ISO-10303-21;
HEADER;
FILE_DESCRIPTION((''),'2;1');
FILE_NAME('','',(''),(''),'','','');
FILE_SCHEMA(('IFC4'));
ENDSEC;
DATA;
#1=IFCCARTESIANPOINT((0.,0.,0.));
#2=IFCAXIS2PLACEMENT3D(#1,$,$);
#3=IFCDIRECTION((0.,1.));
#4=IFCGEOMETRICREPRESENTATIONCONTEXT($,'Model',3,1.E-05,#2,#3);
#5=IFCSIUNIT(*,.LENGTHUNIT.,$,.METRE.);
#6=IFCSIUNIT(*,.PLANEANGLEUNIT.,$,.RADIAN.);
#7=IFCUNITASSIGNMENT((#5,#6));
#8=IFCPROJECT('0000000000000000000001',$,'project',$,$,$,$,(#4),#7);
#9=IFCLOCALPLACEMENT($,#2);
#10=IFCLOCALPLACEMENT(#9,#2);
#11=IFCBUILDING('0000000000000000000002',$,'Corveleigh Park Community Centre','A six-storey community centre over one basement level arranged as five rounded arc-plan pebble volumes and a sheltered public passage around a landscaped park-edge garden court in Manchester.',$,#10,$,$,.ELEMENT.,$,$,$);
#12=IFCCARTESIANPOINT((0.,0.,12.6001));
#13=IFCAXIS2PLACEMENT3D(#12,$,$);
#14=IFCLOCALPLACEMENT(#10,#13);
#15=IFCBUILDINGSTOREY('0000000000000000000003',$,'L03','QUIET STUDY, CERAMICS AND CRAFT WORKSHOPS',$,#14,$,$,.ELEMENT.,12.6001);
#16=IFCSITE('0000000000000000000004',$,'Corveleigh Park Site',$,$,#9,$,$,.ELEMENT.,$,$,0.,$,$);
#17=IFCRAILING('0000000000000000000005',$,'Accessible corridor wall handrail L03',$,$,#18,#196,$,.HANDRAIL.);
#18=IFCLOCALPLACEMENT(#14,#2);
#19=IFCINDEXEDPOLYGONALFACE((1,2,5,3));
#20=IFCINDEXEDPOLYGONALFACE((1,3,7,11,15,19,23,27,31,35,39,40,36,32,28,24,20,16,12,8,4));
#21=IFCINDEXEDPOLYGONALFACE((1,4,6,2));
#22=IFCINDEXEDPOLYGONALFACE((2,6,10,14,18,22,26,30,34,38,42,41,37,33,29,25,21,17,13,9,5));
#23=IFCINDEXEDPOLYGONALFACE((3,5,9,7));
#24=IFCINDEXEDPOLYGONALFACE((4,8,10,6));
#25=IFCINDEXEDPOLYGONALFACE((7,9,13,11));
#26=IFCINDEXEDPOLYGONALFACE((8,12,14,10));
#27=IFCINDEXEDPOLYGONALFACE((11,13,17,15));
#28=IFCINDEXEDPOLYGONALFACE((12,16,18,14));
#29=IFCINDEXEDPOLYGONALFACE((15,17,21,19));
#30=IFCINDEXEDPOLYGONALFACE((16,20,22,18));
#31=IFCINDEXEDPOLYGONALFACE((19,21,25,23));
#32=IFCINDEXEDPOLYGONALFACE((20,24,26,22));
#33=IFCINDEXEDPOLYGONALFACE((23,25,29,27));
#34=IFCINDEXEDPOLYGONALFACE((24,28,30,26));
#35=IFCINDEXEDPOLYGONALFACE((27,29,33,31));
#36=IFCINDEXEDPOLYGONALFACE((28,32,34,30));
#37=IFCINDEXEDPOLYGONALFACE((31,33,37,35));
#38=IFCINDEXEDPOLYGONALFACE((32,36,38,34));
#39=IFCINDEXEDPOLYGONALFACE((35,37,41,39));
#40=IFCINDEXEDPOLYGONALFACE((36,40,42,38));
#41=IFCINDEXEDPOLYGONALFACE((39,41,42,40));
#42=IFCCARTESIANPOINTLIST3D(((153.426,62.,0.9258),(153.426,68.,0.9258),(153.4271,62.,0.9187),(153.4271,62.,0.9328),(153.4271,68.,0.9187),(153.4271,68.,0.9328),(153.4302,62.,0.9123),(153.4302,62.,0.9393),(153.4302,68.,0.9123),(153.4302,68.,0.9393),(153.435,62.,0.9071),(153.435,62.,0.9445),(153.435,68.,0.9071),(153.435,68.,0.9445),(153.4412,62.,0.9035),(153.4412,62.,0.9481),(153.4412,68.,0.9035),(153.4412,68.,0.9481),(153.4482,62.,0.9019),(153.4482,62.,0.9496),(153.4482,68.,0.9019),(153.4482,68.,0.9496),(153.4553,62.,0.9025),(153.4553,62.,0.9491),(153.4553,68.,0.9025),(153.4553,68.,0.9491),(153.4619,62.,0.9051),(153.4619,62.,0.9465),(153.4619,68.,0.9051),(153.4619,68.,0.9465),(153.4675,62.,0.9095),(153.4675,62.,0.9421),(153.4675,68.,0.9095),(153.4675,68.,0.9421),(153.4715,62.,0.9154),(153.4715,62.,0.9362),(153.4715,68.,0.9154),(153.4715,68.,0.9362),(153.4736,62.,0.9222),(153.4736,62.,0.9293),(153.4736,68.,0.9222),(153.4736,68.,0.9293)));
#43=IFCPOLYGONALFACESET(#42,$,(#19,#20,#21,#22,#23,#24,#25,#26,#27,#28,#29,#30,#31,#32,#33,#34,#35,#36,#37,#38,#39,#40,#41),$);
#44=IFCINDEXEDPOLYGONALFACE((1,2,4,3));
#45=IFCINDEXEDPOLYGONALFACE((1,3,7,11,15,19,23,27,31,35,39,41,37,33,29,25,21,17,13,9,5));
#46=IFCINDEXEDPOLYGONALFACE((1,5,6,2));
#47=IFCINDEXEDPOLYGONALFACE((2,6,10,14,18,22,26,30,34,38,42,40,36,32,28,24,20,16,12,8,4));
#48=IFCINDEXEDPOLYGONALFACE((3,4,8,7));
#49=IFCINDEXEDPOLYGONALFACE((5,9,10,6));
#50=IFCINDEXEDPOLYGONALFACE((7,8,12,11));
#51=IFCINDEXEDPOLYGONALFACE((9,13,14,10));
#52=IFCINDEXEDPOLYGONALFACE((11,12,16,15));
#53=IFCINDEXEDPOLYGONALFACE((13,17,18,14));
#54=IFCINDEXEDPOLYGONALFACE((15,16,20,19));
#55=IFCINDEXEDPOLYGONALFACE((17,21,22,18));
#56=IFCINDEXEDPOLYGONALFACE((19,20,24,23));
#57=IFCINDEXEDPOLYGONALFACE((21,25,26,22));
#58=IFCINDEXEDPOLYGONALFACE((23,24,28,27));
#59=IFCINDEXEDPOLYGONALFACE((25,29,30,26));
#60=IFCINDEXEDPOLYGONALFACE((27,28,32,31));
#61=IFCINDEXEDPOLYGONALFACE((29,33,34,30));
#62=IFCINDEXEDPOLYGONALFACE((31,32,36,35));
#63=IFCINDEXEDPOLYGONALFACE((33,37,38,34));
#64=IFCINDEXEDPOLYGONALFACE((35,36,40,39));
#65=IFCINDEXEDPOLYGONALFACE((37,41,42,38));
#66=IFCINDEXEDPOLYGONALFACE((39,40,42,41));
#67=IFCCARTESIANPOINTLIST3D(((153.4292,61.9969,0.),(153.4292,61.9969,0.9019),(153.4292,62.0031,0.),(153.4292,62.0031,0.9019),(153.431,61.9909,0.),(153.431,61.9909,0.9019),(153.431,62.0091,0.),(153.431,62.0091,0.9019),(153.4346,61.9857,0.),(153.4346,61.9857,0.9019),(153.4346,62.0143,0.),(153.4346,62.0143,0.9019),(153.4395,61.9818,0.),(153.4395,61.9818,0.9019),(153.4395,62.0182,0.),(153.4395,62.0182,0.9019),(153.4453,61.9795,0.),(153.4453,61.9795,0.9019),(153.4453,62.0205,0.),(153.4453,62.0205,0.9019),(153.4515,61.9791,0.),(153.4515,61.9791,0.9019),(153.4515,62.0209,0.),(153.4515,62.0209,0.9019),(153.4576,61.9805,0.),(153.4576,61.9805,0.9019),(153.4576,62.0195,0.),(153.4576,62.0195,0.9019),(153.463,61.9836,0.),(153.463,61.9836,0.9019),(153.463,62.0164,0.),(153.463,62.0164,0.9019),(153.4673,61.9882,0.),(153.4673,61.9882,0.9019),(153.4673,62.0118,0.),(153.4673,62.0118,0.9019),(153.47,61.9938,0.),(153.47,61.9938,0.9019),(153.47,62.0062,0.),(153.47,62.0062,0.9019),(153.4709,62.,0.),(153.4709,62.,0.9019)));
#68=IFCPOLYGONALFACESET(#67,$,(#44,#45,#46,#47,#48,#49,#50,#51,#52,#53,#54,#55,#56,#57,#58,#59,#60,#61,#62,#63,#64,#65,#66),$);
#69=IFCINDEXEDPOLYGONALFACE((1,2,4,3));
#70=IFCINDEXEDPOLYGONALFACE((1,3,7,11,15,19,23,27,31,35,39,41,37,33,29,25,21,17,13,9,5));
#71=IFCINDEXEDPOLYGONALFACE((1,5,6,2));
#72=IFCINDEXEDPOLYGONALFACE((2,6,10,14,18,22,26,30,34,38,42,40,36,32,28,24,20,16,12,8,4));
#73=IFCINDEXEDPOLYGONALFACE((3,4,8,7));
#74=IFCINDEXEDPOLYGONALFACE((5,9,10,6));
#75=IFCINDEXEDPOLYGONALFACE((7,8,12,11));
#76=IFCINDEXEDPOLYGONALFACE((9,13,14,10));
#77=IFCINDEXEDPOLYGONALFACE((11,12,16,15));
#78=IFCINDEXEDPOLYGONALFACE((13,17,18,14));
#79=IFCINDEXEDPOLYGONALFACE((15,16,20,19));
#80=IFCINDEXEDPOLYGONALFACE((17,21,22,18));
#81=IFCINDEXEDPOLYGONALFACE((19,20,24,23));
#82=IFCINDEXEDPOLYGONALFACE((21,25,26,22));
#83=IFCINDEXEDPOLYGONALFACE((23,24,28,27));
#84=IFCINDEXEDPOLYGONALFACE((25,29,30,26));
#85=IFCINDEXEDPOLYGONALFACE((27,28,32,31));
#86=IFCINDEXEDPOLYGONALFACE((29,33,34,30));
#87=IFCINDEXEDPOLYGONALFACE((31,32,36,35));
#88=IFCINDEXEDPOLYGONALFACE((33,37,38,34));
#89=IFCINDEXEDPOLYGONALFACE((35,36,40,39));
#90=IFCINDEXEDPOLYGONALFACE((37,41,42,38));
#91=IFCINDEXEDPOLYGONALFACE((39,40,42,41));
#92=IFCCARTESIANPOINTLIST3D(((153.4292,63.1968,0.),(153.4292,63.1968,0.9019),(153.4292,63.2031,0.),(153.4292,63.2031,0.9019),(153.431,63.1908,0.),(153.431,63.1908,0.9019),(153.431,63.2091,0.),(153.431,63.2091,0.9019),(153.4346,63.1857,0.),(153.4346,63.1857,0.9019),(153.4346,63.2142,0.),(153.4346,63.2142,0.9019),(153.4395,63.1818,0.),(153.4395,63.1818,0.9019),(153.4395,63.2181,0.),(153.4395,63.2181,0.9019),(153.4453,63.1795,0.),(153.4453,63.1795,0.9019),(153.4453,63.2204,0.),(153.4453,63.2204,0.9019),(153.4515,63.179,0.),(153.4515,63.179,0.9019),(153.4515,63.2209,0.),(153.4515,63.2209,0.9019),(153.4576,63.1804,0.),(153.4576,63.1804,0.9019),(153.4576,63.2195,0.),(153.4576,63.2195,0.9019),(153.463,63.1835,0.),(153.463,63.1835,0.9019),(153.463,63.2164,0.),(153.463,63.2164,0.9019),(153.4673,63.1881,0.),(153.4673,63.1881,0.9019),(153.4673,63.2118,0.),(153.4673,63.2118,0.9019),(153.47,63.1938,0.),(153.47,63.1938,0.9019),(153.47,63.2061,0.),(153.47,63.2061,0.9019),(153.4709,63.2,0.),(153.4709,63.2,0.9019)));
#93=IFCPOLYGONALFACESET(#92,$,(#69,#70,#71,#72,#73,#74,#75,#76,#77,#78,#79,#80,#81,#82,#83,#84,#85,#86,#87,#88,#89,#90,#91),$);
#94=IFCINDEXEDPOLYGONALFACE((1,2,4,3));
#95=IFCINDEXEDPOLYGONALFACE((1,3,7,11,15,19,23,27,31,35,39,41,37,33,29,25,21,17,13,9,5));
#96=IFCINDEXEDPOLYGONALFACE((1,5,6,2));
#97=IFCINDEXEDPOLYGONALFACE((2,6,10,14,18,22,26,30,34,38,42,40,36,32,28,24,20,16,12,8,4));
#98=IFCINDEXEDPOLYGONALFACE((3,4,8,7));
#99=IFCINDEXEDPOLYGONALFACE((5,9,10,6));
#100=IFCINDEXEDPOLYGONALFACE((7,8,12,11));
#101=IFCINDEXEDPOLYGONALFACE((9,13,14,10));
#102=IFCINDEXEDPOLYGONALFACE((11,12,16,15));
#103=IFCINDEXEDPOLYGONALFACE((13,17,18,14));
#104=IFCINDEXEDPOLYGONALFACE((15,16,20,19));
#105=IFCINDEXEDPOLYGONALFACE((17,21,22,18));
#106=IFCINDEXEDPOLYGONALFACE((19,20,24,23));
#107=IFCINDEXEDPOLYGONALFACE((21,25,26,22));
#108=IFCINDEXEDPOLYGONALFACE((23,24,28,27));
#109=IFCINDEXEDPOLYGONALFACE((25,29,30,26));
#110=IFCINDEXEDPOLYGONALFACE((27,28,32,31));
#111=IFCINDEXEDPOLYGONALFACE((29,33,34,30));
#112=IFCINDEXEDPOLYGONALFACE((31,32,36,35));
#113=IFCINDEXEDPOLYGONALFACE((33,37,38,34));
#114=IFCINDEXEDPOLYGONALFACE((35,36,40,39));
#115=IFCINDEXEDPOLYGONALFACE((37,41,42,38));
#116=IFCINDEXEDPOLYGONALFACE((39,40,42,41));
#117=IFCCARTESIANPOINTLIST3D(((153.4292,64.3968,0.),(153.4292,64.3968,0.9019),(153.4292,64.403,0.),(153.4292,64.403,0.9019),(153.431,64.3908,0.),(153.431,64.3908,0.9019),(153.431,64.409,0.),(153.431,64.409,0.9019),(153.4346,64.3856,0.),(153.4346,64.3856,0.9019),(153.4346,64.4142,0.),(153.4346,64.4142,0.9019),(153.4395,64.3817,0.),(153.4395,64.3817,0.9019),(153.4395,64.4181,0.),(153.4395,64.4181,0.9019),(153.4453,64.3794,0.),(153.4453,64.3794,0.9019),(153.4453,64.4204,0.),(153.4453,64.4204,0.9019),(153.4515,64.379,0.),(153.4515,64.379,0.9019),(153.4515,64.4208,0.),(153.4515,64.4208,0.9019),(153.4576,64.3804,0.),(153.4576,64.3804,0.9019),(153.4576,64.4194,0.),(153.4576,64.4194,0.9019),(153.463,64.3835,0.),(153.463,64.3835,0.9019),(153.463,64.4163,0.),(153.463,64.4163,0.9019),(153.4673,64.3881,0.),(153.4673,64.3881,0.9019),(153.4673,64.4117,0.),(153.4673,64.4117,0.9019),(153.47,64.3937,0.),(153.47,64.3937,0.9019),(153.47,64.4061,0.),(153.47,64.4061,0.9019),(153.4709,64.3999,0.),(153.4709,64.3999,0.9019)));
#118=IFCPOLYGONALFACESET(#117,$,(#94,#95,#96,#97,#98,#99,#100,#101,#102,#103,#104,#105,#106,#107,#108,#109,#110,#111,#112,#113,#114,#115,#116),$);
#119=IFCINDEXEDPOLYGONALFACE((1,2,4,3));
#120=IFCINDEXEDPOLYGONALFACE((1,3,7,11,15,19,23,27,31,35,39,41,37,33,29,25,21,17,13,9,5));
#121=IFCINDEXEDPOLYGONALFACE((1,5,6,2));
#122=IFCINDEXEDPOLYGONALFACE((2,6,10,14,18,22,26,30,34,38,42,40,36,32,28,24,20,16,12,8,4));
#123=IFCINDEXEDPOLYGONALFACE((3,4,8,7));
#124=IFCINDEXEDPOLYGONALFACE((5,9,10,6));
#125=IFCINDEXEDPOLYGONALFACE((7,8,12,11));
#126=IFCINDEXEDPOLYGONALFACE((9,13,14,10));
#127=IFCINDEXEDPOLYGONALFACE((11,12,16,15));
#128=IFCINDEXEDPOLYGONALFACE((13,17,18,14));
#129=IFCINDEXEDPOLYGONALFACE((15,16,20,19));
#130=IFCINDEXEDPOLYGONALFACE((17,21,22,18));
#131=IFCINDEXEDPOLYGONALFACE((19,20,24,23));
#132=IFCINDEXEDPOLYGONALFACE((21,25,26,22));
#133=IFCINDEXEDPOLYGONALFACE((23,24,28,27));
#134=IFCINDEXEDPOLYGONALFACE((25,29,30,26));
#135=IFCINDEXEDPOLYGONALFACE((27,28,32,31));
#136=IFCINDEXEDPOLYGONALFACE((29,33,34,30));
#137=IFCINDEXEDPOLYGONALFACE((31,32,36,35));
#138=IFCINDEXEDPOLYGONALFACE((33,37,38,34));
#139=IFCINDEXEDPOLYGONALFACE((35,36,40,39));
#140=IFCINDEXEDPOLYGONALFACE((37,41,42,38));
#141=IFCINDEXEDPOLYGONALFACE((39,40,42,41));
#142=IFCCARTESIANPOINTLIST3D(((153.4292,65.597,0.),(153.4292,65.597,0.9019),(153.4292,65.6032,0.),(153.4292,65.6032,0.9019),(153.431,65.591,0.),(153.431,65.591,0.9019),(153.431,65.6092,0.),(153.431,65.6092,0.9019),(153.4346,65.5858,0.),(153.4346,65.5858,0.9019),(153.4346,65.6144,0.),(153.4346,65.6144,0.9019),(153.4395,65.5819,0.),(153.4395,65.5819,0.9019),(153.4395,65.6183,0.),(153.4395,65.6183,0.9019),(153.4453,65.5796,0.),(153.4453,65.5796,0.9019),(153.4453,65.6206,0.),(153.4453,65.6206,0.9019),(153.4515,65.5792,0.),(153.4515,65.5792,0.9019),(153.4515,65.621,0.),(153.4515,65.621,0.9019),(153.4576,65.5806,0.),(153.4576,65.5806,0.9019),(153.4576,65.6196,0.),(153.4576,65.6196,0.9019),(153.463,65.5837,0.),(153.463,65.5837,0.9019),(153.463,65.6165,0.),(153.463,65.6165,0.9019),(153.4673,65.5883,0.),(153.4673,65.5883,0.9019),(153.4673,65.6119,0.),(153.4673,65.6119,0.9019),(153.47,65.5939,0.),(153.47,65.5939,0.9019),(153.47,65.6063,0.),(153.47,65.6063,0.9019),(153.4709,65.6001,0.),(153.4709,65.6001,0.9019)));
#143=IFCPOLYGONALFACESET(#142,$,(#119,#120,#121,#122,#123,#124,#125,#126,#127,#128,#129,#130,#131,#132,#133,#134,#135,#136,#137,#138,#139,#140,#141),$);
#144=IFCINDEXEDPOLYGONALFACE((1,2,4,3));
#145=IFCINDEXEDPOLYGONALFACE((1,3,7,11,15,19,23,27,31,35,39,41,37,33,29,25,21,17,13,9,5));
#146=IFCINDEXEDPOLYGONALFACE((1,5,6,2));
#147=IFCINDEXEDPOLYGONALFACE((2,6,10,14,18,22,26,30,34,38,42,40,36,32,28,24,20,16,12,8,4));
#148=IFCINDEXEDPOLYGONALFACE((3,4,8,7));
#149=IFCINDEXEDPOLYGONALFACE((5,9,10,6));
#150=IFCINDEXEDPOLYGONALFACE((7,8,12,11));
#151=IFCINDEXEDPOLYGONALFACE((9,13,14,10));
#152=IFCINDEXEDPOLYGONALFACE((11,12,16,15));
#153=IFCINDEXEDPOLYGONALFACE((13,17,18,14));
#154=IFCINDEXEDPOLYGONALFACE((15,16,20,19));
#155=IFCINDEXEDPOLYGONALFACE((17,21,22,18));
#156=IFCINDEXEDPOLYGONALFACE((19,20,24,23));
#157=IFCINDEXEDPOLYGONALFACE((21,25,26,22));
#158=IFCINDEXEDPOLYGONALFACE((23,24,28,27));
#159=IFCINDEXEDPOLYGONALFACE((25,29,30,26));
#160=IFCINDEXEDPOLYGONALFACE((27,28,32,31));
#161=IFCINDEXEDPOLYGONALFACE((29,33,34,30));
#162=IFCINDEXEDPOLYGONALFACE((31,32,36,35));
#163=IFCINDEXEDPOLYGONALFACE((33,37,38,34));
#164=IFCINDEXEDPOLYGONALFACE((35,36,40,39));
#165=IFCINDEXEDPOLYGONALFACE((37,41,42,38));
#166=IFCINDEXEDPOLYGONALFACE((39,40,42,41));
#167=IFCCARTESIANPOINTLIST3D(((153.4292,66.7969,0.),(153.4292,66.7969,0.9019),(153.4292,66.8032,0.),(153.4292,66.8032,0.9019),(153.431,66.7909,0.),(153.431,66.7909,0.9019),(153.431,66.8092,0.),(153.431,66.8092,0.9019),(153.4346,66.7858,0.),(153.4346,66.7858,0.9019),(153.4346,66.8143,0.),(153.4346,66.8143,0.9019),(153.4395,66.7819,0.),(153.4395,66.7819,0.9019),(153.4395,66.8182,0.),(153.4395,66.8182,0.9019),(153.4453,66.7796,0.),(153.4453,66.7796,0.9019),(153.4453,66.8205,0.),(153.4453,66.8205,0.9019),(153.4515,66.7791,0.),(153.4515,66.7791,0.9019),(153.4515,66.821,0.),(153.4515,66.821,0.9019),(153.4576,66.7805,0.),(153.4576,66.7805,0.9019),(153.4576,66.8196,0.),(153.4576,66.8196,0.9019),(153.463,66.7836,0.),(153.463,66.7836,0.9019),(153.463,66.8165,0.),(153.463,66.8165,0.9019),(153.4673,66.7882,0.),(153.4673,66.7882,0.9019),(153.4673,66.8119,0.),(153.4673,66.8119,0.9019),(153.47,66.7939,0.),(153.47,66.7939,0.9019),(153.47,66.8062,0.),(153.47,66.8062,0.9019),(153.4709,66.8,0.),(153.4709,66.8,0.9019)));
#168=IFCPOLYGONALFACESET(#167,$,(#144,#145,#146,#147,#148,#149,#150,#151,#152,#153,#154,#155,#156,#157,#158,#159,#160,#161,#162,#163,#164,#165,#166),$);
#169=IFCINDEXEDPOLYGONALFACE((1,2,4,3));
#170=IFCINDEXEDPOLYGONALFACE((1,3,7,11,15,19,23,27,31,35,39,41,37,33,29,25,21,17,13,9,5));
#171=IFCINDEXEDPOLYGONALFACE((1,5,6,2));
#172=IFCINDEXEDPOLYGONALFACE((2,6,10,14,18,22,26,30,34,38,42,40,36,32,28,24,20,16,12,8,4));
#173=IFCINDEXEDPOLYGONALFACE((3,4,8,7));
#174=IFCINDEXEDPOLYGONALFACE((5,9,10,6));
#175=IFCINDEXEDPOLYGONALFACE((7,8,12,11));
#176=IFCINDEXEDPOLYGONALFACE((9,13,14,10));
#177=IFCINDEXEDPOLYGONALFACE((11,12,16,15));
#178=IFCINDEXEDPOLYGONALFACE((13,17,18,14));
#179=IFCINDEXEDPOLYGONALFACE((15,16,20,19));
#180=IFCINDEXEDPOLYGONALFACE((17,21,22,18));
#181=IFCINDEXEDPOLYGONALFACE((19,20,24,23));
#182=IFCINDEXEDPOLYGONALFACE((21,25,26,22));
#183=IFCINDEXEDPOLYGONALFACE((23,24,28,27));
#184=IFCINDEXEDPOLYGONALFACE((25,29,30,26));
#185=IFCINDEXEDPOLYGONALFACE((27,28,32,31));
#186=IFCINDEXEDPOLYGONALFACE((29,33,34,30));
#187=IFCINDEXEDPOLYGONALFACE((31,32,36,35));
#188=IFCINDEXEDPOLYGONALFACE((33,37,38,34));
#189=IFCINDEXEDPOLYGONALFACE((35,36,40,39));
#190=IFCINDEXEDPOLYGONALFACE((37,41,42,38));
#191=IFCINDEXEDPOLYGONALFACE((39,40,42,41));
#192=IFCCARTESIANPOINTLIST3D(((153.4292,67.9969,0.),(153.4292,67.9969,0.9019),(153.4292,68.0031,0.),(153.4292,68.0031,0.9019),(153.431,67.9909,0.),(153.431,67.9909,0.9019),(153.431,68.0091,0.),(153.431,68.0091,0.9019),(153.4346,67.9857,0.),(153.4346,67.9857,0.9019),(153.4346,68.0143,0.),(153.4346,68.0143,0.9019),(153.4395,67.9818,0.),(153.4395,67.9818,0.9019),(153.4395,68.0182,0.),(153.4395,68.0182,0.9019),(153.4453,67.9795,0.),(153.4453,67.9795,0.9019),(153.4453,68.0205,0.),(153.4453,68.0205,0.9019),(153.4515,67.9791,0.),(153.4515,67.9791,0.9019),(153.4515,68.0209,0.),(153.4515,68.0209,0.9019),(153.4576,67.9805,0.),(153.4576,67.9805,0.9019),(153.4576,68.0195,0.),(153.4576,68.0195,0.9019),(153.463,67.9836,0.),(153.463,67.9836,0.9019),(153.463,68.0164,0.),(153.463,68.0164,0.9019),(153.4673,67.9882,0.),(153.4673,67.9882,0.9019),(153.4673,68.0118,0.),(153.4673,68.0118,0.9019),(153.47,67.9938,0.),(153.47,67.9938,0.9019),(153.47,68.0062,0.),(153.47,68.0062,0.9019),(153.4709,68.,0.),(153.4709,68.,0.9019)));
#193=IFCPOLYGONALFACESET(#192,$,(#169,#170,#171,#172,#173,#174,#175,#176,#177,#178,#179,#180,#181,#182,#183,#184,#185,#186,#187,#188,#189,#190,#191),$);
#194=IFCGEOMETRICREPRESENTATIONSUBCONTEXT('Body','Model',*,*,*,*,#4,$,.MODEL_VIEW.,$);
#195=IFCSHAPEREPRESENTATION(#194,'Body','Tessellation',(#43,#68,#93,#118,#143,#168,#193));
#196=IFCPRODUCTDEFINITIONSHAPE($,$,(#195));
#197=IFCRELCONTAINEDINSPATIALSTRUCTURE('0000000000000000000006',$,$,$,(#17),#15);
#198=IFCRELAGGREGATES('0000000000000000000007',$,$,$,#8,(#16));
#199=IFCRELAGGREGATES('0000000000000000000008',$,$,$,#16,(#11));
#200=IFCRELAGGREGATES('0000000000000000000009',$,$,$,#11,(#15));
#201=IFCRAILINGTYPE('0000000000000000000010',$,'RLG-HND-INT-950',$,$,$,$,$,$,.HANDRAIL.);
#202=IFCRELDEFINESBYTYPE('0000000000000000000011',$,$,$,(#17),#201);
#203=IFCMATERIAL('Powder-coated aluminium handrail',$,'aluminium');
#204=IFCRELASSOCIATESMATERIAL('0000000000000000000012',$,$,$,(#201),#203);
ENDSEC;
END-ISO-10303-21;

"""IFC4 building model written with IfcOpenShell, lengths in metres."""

from ifc_helpers import new_model, si_unit, direction, frame, origin, origin_2d, place, context, subcontext, project, spatial, circle, extrude, material, type_object, element, save


model = new_model("IFC4")

# Units and contexts
model_context = context("Model", 3, precision=1e-05, world=origin(), true_north=direction((0.0, 1.0)))
body_context = subcontext(model_context, "Body", "Model", "MODEL_VIEW")
ifc_project = project(units=[si_unit("LENGTHUNIT", "METRE"), si_unit("PLANEANGLEUNIT", "RADIAN")], contexts=[model_context])

# Site, building, storey
site_placement = place(None, origin())
site = spatial("IfcSite", under=ifc_project, at=site_placement, Name="Corveleigh Park Site", CompositionType="ELEMENT", RefElevation=0.0)
building_placement = place(site_placement, origin())
building = spatial("IfcBuilding", under=site, at=building_placement, Name="Corveleigh Park Community Centre", Description="A six-storey community centre over one basement level arranged as five rounded arc-plan pebble volumes and a sheltered public passage around a landscaped park-edge garden court in Manchester.", CompositionType="ELEMENT")
storey_placement = place(building_placement, frame((0.0, 0.0, 12.6001)))
storey = spatial("IfcBuildingStorey", under=building, at=storey_placement, Name="L03", Description="QUIET STUDY, CERAMICS AND CRAFT WORKSHOPS", CompositionType="ELEMENT", Elevation=12.6001)

# Railing
ifc_material_1 = material(Name="Powder-coated aluminium handrail", Category="aluminium")
railing_type_1 = type_object("IfcRailingType", Name="RLG-HND-INT-950", PredefinedType="HANDRAIL", material=ifc_material_1)
railing_1_placement = place(storey_placement, frame((153.45, 62.0, 0.0)))
element("IfcRailing", 1, at=railing_1_placement, inside=storey, type_object=railing_type_1, Name="Accessible corridor wall handrail L03", PredefinedType="HANDRAIL", context=body_context, shape_type="SweptSolid", body=[
    extrude(circle(Radius=0.0239, at=origin_2d()), frame((0.0, 0.0, 0.9258), z_axis=(0.0, 1.0, 0.0), x_axis=(-1.0, 0.0, 0.0)), (0.0, 0.0, 1.0), 6.0),
    extrude(circle(Radius=0.021, at=origin_2d()), origin(), (0.0, 0.0, 1.0), 0.9019),
    extrude(circle(Radius=0.021, at=origin_2d()), frame((0.0, 1.2, 0.0)), (0.0, 0.0, 1.0), 0.9019),
    extrude(circle(Radius=0.021, at=origin_2d()), frame((0.0, 2.3999, 0.0)), (0.0, 0.0, 1.0), 0.9019),
    extrude(circle(Radius=0.021, at=origin_2d()), frame((0.0, 3.6001, 0.0)), (0.0, 0.0, 1.0), 0.9019),
    extrude(circle(Radius=0.021, at=origin_2d()), frame((0.0, 4.8, 0.0)), (0.0, 0.0, 1.0), 0.9019),
    extrude(circle(Radius=0.021, at=origin_2d()), frame((0.0, 6.0, 0.0)), (0.0, 0.0, 1.0), 0.9019),
])

save(model, "model.ifc")
